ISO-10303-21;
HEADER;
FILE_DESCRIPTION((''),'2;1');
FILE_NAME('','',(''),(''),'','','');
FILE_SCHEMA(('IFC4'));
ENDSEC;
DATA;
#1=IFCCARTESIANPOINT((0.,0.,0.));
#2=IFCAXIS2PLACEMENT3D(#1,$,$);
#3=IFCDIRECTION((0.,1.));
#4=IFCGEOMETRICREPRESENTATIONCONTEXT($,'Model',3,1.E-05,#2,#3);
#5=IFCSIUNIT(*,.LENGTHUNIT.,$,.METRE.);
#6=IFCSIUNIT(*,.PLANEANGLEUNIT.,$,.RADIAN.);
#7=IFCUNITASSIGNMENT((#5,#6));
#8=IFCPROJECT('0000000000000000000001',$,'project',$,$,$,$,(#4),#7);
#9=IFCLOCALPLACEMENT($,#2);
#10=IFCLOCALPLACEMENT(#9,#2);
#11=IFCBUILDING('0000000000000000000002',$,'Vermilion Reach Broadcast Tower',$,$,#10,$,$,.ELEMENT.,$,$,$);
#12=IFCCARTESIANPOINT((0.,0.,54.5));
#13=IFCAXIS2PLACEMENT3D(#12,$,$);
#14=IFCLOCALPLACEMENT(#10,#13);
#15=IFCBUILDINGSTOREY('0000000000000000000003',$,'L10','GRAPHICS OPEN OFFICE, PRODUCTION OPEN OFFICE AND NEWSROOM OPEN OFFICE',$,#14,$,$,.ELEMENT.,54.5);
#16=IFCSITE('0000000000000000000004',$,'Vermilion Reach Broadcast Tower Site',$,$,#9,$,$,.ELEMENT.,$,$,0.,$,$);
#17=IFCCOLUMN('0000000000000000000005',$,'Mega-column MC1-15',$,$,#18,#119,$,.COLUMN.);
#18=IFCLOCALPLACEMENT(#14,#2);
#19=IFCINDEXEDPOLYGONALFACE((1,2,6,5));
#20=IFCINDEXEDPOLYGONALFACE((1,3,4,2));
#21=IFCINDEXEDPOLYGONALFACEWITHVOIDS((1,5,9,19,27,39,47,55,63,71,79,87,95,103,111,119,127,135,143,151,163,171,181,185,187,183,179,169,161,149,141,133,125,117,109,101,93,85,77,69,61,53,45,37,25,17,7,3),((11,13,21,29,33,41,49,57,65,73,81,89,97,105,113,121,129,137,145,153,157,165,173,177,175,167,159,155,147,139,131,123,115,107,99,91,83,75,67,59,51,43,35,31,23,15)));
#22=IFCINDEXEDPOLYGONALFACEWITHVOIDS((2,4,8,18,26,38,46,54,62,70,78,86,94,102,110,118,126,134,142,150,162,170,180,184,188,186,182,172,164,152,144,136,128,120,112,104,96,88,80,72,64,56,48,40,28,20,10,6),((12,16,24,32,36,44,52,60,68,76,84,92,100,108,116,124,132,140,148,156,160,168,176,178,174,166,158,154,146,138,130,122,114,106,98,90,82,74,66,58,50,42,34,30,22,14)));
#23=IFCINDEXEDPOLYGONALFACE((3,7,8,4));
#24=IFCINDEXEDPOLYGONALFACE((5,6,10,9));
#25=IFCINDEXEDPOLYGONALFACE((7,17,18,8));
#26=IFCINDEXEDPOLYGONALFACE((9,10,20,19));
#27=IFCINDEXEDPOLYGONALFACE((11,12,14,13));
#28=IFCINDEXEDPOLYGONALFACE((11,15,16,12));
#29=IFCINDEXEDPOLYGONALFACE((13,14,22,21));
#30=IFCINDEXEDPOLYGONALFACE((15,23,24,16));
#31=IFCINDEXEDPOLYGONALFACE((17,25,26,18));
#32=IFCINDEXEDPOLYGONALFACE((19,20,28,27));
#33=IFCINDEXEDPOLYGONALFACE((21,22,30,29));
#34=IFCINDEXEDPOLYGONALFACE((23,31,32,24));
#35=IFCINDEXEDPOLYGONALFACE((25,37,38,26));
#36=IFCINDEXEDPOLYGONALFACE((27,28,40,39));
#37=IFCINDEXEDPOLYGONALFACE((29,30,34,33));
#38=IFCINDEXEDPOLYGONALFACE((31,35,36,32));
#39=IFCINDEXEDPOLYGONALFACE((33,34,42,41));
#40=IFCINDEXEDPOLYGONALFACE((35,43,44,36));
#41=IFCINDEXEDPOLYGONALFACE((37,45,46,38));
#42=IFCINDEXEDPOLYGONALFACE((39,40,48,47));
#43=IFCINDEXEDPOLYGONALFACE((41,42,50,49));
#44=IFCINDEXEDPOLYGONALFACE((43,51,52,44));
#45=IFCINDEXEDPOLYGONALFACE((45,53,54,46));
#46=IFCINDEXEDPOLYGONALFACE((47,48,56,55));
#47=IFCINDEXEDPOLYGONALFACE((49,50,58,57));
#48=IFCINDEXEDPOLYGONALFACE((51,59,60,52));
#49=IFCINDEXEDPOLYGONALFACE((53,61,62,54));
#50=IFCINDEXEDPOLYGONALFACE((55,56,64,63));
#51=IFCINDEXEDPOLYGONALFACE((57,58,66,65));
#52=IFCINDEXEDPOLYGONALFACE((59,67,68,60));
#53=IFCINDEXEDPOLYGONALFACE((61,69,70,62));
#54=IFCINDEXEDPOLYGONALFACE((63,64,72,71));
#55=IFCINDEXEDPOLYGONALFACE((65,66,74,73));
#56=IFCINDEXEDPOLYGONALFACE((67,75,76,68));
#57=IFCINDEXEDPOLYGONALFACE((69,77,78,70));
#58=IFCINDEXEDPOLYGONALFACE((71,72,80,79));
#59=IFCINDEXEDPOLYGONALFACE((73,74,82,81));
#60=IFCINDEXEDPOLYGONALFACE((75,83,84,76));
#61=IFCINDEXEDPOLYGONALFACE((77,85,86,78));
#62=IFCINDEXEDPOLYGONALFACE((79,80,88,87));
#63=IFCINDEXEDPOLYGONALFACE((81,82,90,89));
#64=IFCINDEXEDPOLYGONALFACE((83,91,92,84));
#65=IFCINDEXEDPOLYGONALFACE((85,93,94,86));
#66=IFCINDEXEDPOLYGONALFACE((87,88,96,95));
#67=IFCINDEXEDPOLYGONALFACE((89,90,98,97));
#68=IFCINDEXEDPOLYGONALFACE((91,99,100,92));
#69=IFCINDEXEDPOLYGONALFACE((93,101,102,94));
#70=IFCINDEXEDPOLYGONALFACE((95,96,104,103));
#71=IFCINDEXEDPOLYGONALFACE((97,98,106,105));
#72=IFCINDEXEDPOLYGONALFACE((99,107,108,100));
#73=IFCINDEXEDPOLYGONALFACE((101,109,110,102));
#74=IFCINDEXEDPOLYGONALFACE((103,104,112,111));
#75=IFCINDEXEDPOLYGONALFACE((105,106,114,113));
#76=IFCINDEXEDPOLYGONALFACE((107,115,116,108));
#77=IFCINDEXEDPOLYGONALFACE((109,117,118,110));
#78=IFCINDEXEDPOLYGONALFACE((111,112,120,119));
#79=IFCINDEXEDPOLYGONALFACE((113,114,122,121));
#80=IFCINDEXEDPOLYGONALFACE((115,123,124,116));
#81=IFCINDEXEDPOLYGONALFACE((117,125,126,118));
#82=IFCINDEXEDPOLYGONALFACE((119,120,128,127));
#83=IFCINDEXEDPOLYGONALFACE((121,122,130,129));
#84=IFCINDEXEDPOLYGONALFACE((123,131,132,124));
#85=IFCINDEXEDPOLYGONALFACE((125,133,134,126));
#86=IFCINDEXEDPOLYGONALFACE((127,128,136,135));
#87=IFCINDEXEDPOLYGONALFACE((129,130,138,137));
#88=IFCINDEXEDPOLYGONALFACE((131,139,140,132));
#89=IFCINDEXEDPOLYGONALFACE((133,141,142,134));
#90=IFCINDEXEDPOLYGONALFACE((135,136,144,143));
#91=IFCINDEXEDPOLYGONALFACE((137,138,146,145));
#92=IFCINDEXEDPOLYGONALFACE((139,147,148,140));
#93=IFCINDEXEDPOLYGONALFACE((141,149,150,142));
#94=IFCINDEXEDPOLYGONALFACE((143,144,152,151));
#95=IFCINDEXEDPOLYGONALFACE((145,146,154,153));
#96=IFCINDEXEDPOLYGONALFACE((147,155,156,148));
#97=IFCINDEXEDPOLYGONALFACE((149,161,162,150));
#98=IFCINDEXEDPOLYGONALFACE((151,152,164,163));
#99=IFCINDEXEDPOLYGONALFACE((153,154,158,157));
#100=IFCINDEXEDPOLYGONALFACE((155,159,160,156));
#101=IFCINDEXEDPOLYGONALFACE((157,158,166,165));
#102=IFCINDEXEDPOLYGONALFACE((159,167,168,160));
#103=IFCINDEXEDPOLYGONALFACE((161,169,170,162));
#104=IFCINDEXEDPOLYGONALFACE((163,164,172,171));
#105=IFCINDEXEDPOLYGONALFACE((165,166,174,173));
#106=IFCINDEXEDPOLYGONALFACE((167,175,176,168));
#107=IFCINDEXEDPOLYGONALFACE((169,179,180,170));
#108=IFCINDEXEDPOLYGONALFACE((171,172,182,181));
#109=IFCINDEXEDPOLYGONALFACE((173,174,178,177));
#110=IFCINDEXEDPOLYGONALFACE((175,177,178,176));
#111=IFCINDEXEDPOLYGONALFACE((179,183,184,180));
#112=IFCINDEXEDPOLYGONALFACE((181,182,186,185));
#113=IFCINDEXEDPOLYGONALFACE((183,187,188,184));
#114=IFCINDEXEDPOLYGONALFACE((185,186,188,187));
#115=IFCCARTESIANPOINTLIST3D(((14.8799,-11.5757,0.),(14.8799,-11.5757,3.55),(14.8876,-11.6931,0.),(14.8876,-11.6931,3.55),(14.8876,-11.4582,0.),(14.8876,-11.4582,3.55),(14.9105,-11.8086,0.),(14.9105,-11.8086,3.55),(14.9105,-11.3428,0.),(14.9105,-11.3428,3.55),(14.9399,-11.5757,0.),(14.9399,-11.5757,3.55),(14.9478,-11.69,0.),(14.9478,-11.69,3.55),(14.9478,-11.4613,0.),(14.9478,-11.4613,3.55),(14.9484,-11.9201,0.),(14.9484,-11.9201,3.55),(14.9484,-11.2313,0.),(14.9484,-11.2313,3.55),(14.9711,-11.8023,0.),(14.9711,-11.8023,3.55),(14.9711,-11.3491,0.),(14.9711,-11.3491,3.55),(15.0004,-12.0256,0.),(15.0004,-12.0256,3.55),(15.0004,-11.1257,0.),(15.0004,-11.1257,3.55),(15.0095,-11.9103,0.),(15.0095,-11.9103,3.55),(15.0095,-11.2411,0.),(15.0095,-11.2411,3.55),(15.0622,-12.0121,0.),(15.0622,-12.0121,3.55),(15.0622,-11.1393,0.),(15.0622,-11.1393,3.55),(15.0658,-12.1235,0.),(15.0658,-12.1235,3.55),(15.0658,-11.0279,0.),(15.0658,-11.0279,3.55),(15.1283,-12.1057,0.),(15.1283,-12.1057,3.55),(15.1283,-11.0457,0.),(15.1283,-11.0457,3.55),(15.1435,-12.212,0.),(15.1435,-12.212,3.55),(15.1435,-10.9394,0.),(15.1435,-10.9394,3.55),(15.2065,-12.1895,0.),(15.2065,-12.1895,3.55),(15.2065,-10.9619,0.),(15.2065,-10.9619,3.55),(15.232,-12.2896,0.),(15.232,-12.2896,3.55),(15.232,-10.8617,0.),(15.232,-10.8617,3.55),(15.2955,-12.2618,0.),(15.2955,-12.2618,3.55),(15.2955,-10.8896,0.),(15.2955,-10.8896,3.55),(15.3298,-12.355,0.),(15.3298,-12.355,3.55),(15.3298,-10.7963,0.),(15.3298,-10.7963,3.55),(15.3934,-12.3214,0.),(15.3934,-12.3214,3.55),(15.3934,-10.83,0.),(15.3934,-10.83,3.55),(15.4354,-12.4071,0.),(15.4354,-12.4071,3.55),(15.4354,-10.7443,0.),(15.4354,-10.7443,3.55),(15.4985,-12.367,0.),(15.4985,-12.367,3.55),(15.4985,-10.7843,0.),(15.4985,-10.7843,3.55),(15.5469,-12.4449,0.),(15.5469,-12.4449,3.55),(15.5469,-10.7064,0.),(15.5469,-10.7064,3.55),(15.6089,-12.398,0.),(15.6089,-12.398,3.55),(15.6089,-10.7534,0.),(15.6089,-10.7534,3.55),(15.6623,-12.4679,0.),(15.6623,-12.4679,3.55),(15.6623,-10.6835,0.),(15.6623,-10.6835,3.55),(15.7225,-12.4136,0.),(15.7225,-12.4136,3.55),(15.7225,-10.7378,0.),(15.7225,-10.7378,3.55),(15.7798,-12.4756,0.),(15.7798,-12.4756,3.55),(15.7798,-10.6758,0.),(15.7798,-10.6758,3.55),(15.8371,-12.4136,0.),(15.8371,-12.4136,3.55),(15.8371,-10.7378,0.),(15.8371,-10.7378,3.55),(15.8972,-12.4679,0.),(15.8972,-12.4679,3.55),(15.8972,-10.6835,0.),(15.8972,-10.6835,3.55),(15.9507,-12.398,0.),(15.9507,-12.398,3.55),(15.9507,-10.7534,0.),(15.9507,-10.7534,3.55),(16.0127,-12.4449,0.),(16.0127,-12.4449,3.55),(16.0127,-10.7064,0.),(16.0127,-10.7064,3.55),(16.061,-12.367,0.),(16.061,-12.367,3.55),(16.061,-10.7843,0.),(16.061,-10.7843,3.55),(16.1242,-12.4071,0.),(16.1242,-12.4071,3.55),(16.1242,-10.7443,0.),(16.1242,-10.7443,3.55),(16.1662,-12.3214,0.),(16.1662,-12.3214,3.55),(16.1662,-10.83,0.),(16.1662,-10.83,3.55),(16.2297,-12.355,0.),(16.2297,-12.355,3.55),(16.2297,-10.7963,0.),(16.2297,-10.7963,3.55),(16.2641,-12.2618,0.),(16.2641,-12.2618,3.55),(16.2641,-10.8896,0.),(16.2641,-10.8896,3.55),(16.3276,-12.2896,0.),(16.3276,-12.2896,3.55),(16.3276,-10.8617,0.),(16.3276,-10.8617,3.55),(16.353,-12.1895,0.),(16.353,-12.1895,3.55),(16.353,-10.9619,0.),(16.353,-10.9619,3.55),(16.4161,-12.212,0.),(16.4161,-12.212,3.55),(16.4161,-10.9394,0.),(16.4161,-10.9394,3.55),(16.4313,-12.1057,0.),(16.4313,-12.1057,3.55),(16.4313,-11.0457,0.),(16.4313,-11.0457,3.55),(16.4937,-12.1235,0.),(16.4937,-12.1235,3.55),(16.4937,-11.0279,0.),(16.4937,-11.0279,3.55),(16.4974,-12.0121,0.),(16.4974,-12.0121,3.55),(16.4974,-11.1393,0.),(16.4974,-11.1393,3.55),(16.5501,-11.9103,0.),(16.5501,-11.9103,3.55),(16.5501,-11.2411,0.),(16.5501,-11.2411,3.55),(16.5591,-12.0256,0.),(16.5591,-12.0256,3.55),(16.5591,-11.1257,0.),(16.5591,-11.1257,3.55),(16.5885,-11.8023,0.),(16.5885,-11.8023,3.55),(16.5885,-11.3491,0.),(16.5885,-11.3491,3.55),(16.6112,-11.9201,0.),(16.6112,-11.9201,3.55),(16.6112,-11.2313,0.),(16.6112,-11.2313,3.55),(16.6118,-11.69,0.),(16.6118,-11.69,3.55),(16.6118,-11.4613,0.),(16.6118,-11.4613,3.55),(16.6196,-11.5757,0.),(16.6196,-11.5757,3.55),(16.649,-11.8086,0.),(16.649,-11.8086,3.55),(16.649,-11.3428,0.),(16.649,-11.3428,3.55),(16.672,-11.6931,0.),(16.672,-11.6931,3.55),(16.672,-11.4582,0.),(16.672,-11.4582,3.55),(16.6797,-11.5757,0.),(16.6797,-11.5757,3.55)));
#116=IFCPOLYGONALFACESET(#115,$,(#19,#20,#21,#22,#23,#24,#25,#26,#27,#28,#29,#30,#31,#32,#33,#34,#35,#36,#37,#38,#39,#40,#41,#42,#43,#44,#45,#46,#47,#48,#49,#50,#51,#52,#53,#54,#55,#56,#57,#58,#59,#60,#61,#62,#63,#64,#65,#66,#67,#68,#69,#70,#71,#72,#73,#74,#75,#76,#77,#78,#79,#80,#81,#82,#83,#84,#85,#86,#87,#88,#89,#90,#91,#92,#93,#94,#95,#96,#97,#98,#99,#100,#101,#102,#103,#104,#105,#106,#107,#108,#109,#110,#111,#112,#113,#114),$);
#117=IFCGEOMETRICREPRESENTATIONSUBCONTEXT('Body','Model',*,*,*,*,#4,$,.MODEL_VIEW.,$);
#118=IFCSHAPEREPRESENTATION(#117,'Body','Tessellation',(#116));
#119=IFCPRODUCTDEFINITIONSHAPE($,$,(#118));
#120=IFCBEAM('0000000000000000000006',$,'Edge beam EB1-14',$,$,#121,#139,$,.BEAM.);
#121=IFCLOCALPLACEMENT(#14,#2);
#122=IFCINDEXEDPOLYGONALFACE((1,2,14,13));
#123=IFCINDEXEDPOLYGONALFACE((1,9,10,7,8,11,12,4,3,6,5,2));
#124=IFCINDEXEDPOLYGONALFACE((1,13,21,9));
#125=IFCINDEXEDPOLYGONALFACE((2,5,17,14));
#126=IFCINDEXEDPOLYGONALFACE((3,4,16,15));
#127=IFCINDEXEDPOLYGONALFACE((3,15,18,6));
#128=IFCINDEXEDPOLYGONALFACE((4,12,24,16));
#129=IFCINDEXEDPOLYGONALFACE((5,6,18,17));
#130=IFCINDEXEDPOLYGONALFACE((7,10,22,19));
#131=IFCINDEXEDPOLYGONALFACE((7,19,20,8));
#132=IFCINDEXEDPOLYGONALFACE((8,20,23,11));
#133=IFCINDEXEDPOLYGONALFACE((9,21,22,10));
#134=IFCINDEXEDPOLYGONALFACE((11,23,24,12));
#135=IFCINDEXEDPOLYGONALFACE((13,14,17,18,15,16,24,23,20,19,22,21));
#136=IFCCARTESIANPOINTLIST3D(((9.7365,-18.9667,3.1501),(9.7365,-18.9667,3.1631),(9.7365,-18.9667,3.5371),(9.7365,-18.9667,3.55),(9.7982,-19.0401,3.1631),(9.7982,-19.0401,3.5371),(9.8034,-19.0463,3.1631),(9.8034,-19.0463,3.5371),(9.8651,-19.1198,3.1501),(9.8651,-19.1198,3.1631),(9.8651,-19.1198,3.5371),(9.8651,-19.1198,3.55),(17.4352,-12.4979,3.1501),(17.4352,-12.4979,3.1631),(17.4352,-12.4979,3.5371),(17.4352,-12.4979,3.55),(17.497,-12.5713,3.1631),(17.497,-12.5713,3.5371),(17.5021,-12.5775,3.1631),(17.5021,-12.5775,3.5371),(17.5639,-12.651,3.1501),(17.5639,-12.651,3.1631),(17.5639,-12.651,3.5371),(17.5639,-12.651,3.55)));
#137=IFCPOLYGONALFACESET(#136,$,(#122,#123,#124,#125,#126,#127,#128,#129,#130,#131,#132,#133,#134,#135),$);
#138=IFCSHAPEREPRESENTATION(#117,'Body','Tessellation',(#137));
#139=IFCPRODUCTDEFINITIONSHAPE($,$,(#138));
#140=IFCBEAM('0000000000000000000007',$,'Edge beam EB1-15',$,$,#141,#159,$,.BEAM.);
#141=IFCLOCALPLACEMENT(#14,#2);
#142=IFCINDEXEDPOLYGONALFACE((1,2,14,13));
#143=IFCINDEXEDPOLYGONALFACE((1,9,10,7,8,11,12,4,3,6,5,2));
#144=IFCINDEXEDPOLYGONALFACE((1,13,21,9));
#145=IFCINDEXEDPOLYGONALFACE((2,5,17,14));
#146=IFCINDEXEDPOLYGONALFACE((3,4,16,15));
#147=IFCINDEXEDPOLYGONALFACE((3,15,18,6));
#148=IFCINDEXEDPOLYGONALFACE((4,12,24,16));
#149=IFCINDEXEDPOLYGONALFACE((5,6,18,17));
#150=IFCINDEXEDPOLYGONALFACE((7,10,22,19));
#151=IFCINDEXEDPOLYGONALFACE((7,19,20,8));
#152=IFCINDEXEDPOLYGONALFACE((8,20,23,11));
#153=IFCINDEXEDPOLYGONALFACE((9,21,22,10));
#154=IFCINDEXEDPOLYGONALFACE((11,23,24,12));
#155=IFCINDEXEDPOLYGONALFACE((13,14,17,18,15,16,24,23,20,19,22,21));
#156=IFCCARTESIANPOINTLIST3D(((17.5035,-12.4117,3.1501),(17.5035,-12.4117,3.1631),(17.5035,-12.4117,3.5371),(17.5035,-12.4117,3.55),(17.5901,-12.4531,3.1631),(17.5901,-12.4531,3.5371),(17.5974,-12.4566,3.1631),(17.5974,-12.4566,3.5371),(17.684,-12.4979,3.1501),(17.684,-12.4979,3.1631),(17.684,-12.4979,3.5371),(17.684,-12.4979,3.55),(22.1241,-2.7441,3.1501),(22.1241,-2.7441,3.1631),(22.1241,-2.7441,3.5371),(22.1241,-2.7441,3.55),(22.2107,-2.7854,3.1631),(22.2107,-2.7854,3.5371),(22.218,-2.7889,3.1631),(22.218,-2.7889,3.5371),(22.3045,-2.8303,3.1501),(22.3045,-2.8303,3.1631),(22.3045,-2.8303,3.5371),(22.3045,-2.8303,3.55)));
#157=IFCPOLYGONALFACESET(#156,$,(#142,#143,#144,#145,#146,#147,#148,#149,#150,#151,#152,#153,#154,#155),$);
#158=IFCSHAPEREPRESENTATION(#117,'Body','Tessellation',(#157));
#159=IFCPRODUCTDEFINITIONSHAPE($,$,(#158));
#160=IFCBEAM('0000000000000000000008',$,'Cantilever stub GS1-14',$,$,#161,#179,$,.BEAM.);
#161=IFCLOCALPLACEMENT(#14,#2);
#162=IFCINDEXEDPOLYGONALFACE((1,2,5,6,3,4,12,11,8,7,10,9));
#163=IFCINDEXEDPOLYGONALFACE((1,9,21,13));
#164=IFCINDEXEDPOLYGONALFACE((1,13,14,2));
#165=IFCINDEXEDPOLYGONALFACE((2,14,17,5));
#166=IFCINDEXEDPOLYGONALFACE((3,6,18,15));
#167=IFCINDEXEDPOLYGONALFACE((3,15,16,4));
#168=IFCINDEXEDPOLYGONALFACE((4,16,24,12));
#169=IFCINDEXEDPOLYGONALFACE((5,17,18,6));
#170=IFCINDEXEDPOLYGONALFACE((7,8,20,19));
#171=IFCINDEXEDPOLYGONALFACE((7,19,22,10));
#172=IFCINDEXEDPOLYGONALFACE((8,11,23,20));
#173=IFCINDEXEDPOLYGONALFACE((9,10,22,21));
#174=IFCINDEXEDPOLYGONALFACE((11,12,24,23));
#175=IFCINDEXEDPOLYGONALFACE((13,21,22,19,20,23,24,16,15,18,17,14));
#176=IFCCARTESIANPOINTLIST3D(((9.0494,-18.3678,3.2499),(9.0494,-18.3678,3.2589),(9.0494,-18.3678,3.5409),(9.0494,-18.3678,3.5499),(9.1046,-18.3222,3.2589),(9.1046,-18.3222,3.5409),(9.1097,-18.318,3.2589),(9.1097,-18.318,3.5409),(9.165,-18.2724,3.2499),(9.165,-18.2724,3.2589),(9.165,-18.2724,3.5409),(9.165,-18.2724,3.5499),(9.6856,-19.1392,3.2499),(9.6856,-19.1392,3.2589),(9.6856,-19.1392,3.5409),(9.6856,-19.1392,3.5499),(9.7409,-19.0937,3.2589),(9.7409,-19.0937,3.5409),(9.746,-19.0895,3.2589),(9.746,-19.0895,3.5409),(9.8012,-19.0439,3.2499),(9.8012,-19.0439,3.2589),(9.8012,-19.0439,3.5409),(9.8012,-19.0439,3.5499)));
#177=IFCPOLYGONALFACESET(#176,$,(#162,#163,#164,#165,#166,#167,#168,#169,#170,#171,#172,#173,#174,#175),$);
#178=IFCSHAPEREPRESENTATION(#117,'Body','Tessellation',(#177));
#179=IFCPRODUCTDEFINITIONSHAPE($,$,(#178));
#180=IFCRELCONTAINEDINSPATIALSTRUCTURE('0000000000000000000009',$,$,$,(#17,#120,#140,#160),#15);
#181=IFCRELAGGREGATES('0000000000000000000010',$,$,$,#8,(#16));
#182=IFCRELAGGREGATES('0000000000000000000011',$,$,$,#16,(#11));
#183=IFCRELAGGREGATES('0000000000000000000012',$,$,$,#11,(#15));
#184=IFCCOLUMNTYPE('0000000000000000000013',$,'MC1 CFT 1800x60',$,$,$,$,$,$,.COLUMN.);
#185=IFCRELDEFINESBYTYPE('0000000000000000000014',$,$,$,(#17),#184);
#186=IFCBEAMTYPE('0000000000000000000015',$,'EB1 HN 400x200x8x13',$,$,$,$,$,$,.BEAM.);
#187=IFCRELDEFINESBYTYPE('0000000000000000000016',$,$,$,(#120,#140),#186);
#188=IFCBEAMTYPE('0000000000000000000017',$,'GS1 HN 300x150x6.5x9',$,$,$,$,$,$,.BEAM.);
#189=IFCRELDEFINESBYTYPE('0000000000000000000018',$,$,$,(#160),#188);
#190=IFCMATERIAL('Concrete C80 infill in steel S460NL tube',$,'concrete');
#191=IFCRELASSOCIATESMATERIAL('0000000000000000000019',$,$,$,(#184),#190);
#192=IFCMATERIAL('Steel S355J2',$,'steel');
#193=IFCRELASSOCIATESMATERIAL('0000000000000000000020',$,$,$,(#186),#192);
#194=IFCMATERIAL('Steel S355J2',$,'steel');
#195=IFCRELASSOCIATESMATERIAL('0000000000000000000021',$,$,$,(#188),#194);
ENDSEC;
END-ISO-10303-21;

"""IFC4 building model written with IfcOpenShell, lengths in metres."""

from ifc_helpers import new_model, si_unit, direction, frame, origin, origin_2d, place, context, subcontext, project, spatial, hollow_circle, i_section, extrude, material, material_profile, profile_set, type_object, element, save


model = new_model("IFC4")

# Units and contexts
model_context = context("Model", 3, precision=1e-05, world=origin(), true_north=direction((0.0, 1.0)))
body_context = subcontext(model_context, "Body", "Model", "MODEL_VIEW")
ifc_project = project(units=[si_unit("LENGTHUNIT", "METRE"), si_unit("PLANEANGLEUNIT", "RADIAN")], contexts=[model_context])

# Site, building, storey
site_placement = place(None, origin())
site = spatial("IfcSite", under=ifc_project, at=site_placement, Name="Vermilion Reach Broadcast Tower Site", CompositionType="ELEMENT", RefElevation=0.0)
building_placement = place(site_placement, origin())
building = spatial("IfcBuilding", under=site, at=building_placement, Name="Vermilion Reach Broadcast Tower", CompositionType="ELEMENT")
storey_placement = place(building_placement, frame((0.0, 0.0, 54.5)))
storey = spatial("IfcBuildingStorey", under=building, at=storey_placement, Name="L10", Description="GRAPHICS OPEN OFFICE, PRODUCTION OPEN OFFICE AND NEWSROOM OPEN OFFICE", CompositionType="ELEMENT", Elevation=54.5)

# Column
ifc_material_1 = material(Name="Concrete C80 infill in steel S460NL tube", Category="concrete")
ifc_material_profile_1 = material_profile(ifc_material_1, hollow_circle(Radius=0.8999, WallThickness=0.0601, at=origin_2d()), Name="Concrete C80 infill in steel S460NL tube CFT 1800x60")
ifc_profile_set_1 = profile_set([ifc_material_profile_1], Name="Concrete C80 infill in steel S460NL tube")
column_type = type_object("IfcColumnType", Name="MC1 CFT 1800x60", PredefinedType="COLUMN", material=ifc_profile_set_1)
for number, where, z_axis, x_axis, name in (
    (1, (15.7798, -11.5757, 0.0), (0.0, 0.0, 1.0), (1.0, 0.0, 0.0), "Mega-column MC1-15"),
):
    element("IfcColumn", number, at=place(storey_placement, frame(where, z_axis=z_axis, x_axis=x_axis)), inside=storey, type_object=column_type, Name=name, PredefinedType="COLUMN", context=body_context, shape_type="SweptSolid", body=[
        extrude(hollow_circle(Radius=0.8999, WallThickness=0.0601, at=origin_2d()), origin(), (0.0, 0.0, 1.0), 3.55),
    ])

# Beams
ifc_material_2 = material(Name="Steel S355J2", Category="steel")
ifc_material_profile_2 = material_profile(ifc_material_2, i_section(OverallWidth=0.2, OverallDepth=0.3999, WebThickness=0.0081, FlangeThickness=0.0129, at=origin_2d()), Name="S355J2 HN 400x200x8x13")
ifc_profile_set_2 = profile_set([ifc_material_profile_2], Name="Steel S355J2")
beam_type_1 = type_object("IfcBeamType", Name="EB1 HN 400x200x8x13", PredefinedType="BEAM", material=ifc_profile_set_2)
beam_1_placement = place(storey_placement, frame((9.8008, -19.0432, 3.3501), z_axis=(0.765616, 0.643298, 0.0), x_axis=(-0.643298, 0.765616, 0.0)))
element("IfcBeam", 2, at=beam_1_placement, inside=storey, type_object=beam_type_1, Name="Edge beam EB1-14", PredefinedType="BEAM", context=body_context, shape_type="SweptSolid", body=[
    extrude(i_section(OverallWidth=0.2, OverallDepth=0.3999, WebThickness=0.0081, FlangeThickness=0.0129, at=origin_2d()), origin(), (0.0, 0.0, 1.0), 10.0557),
])
beam_2_placement = place(storey_placement, frame((17.5938, -12.4548, 3.3501), z_axis=(0.431221, 0.902246, 0.0), x_axis=(-0.902246, 0.431221, 0.0)))
element("IfcBeam", 3, at=beam_2_placement, inside=storey, type_object=beam_type_1, Name="Edge beam EB1-15", PredefinedType="BEAM", context=body_context, shape_type="SweptSolid", body=[
    extrude(i_section(OverallWidth=0.2, OverallDepth=0.3999, WebThickness=0.0081, FlangeThickness=0.0129, at=origin_2d()), origin(), (0.0, 0.0, 1.0), 10.7151),
])
ifc_material_3 = material(Name="Steel S355J2", Category="steel")
ifc_material_profile_3 = material_profile(ifc_material_3, i_section(OverallWidth=0.1499, OverallDepth=0.3, WebThickness=0.0066, FlangeThickness=0.009, at=origin_2d()), Name="S355J2 HN 300x150x6.5x9")
ifc_profile_set_3 = profile_set([ifc_material_profile_3], Name="Steel S355J2")
beam_type_2 = type_object("IfcBeamType", Name="GS1 HN 300x150x6.5x9", PredefinedType="BEAM", material=ifc_profile_set_3)
beam_3_placement = place(storey_placement, frame((9.1072, -18.3201, 3.3999), z_axis=(0.636238, -0.771493, 0.0), x_axis=(0.771493, 0.636238, 0.0)))
element("IfcBeam", 4, at=beam_3_placement, inside=storey, type_object=beam_type_2, Name="Cantilever stub GS1-14", PredefinedType="BEAM", context=body_context, shape_type="SweptSolid", body=[
    extrude(i_section(OverallWidth=0.1499, OverallDepth=0.3, WebThickness=0.0066, FlangeThickness=0.009, at=origin_2d()), origin(), (0.0, 0.0, 1.0), 1.0),
])

save(model, "model.ifc")
